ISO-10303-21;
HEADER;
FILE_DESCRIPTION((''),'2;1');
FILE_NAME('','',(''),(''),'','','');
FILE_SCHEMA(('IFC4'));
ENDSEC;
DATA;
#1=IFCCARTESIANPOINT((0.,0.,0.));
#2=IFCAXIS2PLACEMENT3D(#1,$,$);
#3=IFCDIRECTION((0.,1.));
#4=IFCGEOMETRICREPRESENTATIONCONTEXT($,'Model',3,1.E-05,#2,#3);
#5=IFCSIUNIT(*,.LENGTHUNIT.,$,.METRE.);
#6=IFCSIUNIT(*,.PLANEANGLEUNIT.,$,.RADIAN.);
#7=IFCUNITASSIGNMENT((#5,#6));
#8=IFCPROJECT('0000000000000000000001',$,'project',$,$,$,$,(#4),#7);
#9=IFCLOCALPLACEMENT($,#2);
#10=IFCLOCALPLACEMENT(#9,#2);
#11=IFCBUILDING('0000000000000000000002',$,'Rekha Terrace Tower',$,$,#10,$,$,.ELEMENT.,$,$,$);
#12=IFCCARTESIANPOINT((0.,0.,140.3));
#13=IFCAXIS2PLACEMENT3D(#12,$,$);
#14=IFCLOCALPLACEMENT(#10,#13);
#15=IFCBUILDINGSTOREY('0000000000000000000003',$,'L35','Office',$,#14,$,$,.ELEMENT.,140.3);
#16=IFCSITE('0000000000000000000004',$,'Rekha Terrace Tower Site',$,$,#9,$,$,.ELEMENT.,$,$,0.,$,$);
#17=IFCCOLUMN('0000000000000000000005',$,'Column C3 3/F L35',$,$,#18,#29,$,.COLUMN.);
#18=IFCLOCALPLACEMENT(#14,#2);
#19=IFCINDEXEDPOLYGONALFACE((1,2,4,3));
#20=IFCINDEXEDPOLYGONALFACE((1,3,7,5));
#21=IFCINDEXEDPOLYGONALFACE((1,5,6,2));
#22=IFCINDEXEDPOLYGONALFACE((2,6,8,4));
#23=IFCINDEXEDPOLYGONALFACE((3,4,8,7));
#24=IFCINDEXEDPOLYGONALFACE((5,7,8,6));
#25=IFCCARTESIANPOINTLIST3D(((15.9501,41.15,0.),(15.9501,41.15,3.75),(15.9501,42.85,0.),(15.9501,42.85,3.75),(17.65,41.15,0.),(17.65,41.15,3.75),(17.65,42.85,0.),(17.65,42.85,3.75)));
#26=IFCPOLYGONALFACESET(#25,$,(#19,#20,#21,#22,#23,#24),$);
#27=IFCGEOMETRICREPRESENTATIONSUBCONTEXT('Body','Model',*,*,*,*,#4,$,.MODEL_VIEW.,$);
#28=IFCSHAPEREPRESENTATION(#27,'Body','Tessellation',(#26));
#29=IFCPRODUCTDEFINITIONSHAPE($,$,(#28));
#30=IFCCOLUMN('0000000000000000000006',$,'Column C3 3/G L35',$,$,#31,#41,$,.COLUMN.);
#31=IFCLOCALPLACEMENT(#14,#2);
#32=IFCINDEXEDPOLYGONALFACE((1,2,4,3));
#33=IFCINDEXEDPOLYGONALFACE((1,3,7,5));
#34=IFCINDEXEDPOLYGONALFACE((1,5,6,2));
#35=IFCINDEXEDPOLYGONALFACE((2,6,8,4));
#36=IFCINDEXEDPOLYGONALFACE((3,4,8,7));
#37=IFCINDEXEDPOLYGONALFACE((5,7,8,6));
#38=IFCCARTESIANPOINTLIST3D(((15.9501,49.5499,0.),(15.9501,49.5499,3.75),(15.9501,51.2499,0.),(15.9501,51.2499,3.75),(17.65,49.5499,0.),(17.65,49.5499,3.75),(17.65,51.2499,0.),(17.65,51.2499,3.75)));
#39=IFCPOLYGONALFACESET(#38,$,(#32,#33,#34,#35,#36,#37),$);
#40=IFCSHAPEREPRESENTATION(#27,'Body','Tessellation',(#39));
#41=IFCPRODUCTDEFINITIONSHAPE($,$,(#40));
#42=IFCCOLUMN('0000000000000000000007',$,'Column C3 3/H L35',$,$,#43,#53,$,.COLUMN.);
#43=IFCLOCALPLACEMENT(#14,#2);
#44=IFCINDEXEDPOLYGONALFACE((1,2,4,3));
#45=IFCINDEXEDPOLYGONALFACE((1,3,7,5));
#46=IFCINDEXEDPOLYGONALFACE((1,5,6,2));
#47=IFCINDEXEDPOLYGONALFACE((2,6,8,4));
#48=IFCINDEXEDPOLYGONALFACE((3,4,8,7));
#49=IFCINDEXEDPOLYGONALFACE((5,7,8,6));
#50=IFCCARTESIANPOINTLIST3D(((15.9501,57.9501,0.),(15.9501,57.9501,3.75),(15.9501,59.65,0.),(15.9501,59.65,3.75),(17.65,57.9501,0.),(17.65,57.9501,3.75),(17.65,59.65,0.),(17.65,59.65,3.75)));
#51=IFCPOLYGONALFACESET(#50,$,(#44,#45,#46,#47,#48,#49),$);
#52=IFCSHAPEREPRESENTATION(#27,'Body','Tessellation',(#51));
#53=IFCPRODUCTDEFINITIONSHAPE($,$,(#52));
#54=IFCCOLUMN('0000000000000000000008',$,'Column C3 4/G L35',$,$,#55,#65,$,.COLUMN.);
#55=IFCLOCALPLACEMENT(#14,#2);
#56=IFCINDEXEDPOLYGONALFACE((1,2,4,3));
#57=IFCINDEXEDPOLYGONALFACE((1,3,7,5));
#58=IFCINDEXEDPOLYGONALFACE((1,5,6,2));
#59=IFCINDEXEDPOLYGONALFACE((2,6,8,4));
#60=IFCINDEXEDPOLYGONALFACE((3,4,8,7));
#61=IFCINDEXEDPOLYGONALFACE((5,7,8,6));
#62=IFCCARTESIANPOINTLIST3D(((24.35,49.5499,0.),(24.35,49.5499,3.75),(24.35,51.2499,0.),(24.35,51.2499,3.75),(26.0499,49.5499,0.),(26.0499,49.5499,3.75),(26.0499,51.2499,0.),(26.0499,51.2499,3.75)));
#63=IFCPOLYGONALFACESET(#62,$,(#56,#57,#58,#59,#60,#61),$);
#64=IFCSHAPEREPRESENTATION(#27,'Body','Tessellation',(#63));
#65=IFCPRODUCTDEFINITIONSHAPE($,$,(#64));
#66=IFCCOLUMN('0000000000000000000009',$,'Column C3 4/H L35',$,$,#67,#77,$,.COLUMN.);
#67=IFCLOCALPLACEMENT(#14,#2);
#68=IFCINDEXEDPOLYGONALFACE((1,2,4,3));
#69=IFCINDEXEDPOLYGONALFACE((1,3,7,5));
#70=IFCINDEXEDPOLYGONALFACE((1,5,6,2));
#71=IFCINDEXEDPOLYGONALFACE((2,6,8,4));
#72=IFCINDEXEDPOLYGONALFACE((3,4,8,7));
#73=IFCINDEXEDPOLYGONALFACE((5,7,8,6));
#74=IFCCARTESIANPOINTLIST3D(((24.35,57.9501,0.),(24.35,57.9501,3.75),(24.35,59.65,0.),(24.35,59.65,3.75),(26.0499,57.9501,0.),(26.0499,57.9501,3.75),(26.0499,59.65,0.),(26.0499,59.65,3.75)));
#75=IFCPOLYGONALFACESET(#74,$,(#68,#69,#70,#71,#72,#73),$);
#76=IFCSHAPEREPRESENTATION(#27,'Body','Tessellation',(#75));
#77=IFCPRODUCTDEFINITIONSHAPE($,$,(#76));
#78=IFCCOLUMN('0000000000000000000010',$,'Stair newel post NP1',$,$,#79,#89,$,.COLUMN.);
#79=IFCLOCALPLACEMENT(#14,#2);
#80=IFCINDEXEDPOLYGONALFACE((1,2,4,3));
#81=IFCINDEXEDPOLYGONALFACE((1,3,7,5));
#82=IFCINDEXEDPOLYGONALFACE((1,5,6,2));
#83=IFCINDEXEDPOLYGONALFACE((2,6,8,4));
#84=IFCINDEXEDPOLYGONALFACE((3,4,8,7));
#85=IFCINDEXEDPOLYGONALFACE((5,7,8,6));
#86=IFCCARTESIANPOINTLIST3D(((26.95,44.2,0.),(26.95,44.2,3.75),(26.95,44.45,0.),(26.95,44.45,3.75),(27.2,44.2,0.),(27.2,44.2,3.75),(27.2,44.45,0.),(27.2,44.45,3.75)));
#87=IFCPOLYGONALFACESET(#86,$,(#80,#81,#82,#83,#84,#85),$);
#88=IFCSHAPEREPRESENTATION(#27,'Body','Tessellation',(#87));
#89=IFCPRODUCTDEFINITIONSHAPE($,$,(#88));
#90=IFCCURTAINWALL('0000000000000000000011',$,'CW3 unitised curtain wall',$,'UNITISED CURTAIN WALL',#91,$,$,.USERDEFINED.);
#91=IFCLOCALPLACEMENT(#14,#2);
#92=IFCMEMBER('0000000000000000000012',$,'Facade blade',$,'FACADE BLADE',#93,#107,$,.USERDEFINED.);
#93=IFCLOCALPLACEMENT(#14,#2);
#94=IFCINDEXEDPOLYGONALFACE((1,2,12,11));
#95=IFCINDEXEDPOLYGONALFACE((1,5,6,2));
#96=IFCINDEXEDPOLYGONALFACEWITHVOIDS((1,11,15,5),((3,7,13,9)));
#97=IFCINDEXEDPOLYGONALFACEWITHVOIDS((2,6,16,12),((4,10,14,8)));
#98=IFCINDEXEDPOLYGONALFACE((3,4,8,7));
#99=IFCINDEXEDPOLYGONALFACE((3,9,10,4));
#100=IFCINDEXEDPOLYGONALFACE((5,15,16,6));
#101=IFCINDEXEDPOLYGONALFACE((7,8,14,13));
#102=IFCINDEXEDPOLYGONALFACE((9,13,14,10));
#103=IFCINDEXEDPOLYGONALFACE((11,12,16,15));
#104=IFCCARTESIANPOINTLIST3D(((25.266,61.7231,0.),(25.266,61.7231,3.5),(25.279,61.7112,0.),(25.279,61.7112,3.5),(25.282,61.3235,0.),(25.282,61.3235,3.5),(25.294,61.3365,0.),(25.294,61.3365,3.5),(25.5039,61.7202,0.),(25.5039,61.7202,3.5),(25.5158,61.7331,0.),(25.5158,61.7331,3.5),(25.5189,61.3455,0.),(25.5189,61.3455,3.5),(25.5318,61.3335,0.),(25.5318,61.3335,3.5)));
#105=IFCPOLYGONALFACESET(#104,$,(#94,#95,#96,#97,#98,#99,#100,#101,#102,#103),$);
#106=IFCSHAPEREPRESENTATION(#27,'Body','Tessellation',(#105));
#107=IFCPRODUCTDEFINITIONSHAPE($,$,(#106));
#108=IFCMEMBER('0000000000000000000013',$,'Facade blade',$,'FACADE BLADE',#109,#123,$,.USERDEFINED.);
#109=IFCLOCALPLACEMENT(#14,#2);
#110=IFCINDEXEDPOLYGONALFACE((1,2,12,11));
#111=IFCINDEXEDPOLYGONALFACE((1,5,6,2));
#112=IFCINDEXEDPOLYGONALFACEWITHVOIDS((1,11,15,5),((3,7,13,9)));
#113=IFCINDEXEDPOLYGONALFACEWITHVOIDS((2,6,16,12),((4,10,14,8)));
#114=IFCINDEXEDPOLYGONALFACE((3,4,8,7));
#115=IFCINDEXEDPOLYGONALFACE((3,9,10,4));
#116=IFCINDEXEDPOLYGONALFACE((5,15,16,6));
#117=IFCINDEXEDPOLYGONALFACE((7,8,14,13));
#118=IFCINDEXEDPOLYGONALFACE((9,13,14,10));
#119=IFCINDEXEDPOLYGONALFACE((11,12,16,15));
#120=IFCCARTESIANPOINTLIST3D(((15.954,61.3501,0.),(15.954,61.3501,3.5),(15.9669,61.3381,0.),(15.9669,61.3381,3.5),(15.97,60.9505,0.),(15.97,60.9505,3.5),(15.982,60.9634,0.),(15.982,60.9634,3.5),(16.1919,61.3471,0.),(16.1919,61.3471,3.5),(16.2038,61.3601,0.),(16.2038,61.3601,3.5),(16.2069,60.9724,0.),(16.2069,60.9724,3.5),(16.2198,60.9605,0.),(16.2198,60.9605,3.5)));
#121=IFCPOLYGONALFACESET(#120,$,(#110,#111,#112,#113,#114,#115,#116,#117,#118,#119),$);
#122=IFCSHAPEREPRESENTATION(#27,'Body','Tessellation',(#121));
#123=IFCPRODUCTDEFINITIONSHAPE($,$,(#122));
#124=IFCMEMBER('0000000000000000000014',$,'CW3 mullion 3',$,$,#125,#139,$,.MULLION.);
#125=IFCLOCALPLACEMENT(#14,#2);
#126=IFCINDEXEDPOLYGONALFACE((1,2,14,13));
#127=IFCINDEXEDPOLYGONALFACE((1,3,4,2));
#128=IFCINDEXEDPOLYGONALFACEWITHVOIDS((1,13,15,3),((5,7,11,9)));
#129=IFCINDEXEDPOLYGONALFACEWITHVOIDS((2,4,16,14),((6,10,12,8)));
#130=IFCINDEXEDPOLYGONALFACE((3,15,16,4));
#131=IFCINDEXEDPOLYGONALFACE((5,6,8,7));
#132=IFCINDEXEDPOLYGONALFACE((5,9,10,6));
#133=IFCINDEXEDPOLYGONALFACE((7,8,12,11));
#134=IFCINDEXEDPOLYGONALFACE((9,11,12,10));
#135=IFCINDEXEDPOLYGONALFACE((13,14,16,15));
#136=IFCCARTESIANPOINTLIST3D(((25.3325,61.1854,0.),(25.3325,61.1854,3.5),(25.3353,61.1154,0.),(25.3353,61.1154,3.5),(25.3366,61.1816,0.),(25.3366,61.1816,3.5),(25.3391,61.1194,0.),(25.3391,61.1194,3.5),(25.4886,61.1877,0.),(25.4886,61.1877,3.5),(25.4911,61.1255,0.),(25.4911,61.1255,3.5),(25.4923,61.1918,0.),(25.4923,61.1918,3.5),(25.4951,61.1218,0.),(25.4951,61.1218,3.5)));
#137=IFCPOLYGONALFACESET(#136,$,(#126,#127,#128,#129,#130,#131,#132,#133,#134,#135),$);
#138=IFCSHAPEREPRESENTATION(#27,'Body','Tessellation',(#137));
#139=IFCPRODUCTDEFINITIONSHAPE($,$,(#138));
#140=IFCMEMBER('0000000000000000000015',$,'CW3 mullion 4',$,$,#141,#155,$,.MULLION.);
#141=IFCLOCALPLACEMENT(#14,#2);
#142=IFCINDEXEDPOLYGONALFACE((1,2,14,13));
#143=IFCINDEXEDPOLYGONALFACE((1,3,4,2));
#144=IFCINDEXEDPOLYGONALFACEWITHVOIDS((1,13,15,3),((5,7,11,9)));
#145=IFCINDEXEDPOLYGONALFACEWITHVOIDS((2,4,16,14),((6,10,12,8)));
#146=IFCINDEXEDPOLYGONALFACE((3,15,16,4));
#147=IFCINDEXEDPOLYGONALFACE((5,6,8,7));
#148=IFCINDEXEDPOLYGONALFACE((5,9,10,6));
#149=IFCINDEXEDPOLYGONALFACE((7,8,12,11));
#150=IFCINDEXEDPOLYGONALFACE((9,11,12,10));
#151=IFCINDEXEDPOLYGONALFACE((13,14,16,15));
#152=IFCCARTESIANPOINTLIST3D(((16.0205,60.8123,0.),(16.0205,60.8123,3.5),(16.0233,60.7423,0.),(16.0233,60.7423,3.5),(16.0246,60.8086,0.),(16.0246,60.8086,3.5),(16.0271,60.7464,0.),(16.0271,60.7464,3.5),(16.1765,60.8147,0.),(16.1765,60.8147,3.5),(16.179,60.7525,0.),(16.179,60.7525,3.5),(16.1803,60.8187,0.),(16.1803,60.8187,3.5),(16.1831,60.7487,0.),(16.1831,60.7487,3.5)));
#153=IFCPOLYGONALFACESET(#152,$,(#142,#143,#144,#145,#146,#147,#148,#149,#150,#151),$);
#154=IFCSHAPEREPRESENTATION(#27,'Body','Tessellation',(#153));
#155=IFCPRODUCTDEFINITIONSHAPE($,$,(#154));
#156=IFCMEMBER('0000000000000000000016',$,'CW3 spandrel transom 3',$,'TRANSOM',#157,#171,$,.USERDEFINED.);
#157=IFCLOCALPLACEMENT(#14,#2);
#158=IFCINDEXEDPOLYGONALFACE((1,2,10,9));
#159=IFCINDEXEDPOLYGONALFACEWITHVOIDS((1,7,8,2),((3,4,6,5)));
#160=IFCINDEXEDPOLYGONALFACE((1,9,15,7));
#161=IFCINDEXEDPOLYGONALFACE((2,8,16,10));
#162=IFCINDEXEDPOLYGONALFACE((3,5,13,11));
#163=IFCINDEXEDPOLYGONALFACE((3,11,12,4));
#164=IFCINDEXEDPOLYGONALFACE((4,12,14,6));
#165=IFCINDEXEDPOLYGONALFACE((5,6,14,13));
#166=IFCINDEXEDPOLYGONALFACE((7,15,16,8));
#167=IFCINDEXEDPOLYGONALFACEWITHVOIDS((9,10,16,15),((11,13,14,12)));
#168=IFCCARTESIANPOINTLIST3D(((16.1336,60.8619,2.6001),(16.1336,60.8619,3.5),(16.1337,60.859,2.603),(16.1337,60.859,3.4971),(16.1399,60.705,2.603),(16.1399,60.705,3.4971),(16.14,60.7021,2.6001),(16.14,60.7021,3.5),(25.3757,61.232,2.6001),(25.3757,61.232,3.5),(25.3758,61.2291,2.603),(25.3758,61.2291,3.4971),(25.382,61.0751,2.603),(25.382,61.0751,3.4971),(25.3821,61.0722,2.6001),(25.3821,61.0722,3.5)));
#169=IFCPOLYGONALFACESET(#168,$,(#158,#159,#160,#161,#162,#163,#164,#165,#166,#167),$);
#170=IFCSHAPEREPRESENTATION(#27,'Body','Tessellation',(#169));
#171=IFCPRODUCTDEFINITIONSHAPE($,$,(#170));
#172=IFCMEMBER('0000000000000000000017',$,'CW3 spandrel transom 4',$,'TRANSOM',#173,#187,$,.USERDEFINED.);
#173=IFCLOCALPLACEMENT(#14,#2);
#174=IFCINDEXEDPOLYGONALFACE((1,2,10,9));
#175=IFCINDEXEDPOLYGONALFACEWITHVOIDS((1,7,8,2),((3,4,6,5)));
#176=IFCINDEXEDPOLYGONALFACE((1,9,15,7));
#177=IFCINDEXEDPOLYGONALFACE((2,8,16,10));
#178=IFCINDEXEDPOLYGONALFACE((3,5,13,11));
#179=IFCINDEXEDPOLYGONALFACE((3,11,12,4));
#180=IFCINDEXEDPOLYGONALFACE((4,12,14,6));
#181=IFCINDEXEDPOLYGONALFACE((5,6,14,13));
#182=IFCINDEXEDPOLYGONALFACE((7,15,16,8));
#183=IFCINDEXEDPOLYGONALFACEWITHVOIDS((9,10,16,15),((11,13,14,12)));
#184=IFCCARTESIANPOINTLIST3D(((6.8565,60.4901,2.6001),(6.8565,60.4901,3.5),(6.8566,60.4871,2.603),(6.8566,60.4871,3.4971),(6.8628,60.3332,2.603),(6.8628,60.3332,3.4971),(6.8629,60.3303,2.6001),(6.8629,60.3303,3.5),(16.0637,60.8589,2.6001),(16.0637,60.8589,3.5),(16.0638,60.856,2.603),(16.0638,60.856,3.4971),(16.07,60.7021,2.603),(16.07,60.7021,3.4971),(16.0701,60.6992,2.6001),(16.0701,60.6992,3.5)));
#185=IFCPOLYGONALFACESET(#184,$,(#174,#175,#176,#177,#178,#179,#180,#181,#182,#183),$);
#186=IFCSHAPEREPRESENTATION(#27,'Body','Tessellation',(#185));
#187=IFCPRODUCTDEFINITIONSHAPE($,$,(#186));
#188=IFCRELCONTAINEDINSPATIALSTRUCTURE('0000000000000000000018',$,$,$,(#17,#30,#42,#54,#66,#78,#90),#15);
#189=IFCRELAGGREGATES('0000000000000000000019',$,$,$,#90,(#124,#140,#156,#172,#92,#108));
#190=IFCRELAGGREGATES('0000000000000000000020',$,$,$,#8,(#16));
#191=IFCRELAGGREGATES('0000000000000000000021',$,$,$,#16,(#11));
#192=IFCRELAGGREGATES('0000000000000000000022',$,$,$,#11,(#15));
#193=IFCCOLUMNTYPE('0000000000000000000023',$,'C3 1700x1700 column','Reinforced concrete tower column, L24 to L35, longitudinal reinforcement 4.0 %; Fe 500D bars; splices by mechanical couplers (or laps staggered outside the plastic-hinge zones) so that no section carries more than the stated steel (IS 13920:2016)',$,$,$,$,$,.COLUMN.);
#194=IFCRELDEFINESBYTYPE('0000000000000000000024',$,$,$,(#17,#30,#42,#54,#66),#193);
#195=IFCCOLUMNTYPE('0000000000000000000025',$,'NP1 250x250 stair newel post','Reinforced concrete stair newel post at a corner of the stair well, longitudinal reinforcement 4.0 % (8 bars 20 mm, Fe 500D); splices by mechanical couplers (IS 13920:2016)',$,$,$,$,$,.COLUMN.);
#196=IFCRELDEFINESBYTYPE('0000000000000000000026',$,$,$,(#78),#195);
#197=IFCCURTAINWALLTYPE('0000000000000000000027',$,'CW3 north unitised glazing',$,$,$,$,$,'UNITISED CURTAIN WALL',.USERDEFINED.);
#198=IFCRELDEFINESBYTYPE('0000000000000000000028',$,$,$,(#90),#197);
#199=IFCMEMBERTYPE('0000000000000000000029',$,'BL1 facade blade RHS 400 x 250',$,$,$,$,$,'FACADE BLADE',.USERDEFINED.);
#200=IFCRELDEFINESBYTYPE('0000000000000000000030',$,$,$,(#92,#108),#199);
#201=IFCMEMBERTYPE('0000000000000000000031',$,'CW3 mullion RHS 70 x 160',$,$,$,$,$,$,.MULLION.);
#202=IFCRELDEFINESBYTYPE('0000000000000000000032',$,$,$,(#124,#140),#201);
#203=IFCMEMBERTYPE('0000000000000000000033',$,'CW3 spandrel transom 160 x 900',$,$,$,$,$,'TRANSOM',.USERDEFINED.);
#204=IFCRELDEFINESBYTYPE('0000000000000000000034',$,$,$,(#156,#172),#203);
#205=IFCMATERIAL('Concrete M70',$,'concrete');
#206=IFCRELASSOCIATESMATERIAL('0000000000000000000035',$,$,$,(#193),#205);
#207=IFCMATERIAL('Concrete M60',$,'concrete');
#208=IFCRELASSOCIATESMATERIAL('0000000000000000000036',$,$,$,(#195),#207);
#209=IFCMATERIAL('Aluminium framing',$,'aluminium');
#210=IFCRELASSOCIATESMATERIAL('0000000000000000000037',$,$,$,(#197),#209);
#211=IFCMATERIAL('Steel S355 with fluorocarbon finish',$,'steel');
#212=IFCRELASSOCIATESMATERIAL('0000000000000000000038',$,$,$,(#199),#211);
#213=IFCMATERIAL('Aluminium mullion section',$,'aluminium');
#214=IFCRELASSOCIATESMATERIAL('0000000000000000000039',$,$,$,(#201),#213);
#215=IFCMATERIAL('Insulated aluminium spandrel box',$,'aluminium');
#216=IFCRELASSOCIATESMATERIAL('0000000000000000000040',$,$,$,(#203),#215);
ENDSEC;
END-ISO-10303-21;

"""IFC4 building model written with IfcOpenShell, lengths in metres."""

from ifc_helpers import new_model, si_unit, direction, frame, origin, origin_2d, place, context, subcontext, project, spatial, rectangle, hollow_rectangle, extrude, material, material_profile, profile_set, type_object, element, aggregate, save


model = new_model("IFC4")

# Units and contexts
model_context = context("Model", 3, precision=1e-05, world=origin(), true_north=direction((0.0, 1.0)))
body_context = subcontext(model_context, "Body", "Model", "MODEL_VIEW")
ifc_project = project(units=[si_unit("LENGTHUNIT", "METRE"), si_unit("PLANEANGLEUNIT", "RADIAN")], contexts=[model_context])

# Site, building, storey
site_placement = place(None, origin())
site = spatial("IfcSite", under=ifc_project, at=site_placement, Name="Rekha Terrace Tower Site", CompositionType="ELEMENT", RefElevation=0.0)
building_placement = place(site_placement, origin())
building = spatial("IfcBuilding", under=site, at=building_placement, Name="Rekha Terrace Tower", CompositionType="ELEMENT")
storey_placement = place(building_placement, frame((0.0, 0.0, 140.3)))
storey = spatial("IfcBuildingStorey", under=building, at=storey_placement, Name="L35", Description="Office", CompositionType="ELEMENT", Elevation=140.3)

# Columns
ifc_material_1 = material(Name="Concrete M70", Category="concrete")
ifc_material_profile_1 = material_profile(ifc_material_1, rectangle(XDim=1.7, YDim=1.7, at=origin_2d()), Name="RC 1700x1700")
ifc_profile_set_1 = profile_set([ifc_material_profile_1], Name="Concrete M70")
column_type_1 = type_object("IfcColumnType", Name="C3 1700x1700 column", Description="Reinforced concrete tower column, L24 to L35, longitudinal reinforcement 4.0 %; Fe 500D bars; splices by mechanical couplers (or laps staggered outside the plastic-hinge zones) so that no section carries more than the stated steel (IS 13920:2016)", PredefinedType="COLUMN", material=ifc_profile_set_1)
for number, where, z_axis, x_axis, name in (
    (1, (16.8, 42.0, 0.0), (0.0, 0.0, 1.0), (1.0, 0.0, 0.0), "Column C3 3/F L35"),
    (2, (16.8, 50.3999, 0.0), (0.0, 0.0, 1.0), (1.0, 0.0, 0.0), "Column C3 3/G L35"),
    (3, (16.8, 58.8, 0.0), (0.0, 0.0, 1.0), (1.0, 0.0, 0.0), "Column C3 3/H L35"),
    (4, (25.2, 50.3999, 0.0), (0.0, 0.0, 1.0), (1.0, 0.0, 0.0), "Column C3 4/G L35"),
    (5, (25.2, 58.8, 0.0), (0.0, 0.0, 1.0), (1.0, 0.0, 0.0), "Column C3 4/H L35"),
):
    element("IfcColumn", number, at=place(storey_placement, frame(where, z_axis=z_axis, x_axis=x_axis)), inside=storey, type_object=column_type_1, Name=name, PredefinedType="COLUMN", context=body_context, shape_type="SweptSolid", body=[
        extrude(rectangle(XDim=1.7, YDim=1.7, at=origin_2d()), origin(), (0.0, 0.0, 1.0), 3.75),
    ])
ifc_material_2 = material(Name="Concrete M60", Category="concrete")
ifc_material_profile_2 = material_profile(ifc_material_2, rectangle(XDim=0.25, YDim=0.25, at=origin_2d()), Name="RC 250x250")
ifc_profile_set_2 = profile_set([ifc_material_profile_2], Name="Concrete M60")
column_type_2 = type_object("IfcColumnType", Name="NP1 250x250 stair newel post", Description="Reinforced concrete stair newel post at a corner of the stair well, longitudinal reinforcement 4.0 % (8 bars 20 mm, Fe 500D); splices by mechanical couplers (IS 13920:2016)", PredefinedType="COLUMN", material=ifc_profile_set_2)
column_placement = place(storey_placement, frame((27.075, 44.325, 0.0), z_axis=(0.0, 0.0, 1.0), x_axis=(1.0, 0.0, 0.0)))
element("IfcColumn", 6, at=column_placement, inside=storey, type_object=column_type_2, Name="Stair newel post NP1", PredefinedType="COLUMN", context=body_context, shape_type="SweptSolid", body=[
    extrude(rectangle(XDim=0.25, YDim=0.25, at=origin_2d()), origin(), (0.0, 0.0, 1.0), 3.75),
])

# Curtain wall, members
ifc_material_3 = material(Name="Aluminium framing", Category="aluminium")
curtain_wall_type = type_object("IfcCurtainWallType", Name="CW3 north unitised glazing", ElementType="UNITISED CURTAIN WALL", PredefinedType="USERDEFINED", material=ifc_material_3)
curtain_wall_placement = place(storey_placement, origin())
curtain_wall = element("IfcCurtainWall", 7, at=curtain_wall_placement, inside=storey, type_object=curtain_wall_type, Name="CW3 unitised curtain wall", ObjectType="UNITISED CURTAIN WALL", PredefinedType="USERDEFINED")
ifc_material_4 = material(Name="Steel S355 with fluorocarbon finish", Category="steel")
ifc_material_profile_3 = material_profile(ifc_material_4, hollow_rectangle(XDim=0.25, YDim=0.3999, WallThickness=0.0125, at=origin_2d()), Name="RHS400x250x12.5")
ifc_profile_set_3 = profile_set([ifc_material_profile_3], Name="Steel S355 with fluorocarbon finish")
member_type_1 = type_object("IfcMemberType", Name="BL1 facade blade RHS 400 x 250", ElementType="FACADE BLADE", PredefinedType="USERDEFINED", material=ifc_profile_set_3)
member_1_placement = place(storey_placement, frame((25.3989, 61.5283, 0.0), z_axis=(0.0, 0.0, 1.0), x_axis=(-0.999198, -0.040032, 0.0)))
member_1 = element("IfcMember", 8, at=member_1_placement, type_object=member_type_1, Name="Facade blade", ObjectType="FACADE BLADE", PredefinedType="USERDEFINED", context=body_context, shape_type="SweptSolid", body=[
    extrude(hollow_rectangle(XDim=0.25, YDim=0.3999, WallThickness=0.0125, at=origin_2d()), origin(), (0.0, 0.0, 1.0), 3.5),
])
member_2_placement = place(storey_placement, frame((16.0869, 61.1553, 0.0), z_axis=(0.0, 0.0, 1.0), x_axis=(-0.999198, -0.040032, 0.0)))
member_2 = element("IfcMember", 9, at=member_2_placement, type_object=member_type_1, Name="Facade blade", ObjectType="FACADE BLADE", PredefinedType="USERDEFINED", context=body_context, shape_type="SweptSolid", body=[
    extrude(hollow_rectangle(XDim=0.25, YDim=0.3999, WallThickness=0.0125, at=origin_2d()), origin(), (0.0, 0.0, 1.0), 3.5),
])
ifc_material_5 = material(Name="Aluminium mullion section", Category="aluminium")
ifc_material_profile_4 = material_profile(ifc_material_5, hollow_rectangle(XDim=0.0701, YDim=0.1599, WallThickness=0.0039, at=origin_2d()), Name="AL RHS 70x160")
ifc_profile_set_4 = profile_set([ifc_material_profile_4], Name="Aluminium mullion section")
member_type_2 = type_object("IfcMemberType", Name="CW3 mullion RHS 70 x 160", PredefinedType="MULLION", material=ifc_profile_set_4)
member_3_placement = place(storey_placement, frame((25.4138, 61.1536, 0.0), z_axis=(0.0, 0.0, 1.0), x_axis=(0.040032, -0.999198, 0.0)))
member_3 = element("IfcMember", 10, at=member_3_placement, type_object=member_type_2, Name="CW3 mullion 3", PredefinedType="MULLION", context=body_context, shape_type="SweptSolid", body=[
    extrude(hollow_rectangle(XDim=0.0701, YDim=0.1599, WallThickness=0.0039, at=origin_2d()), origin(), (0.0, 0.0, 1.0), 3.5),
])
member_4_placement = place(storey_placement, frame((16.1018, 60.7805, 0.0), z_axis=(0.0, 0.0, 1.0), x_axis=(0.040032, -0.999198, 0.0)))
member_4 = element("IfcMember", 11, at=member_4_placement, type_object=member_type_2, Name="CW3 mullion 4", PredefinedType="MULLION", context=body_context, shape_type="SweptSolid", body=[
    extrude(hollow_rectangle(XDim=0.0701, YDim=0.1599, WallThickness=0.0039, at=origin_2d()), origin(), (0.0, 0.0, 1.0), 3.5),
])
ifc_material_6 = material(Name="Insulated aluminium spandrel box", Category="aluminium")
ifc_material_profile_5 = material_profile(ifc_material_6, hollow_rectangle(XDim=0.1599, YDim=0.8999, WallThickness=0.0029, at=origin_2d()), Name="AL SPANDREL BOX 160x900")
ifc_profile_set_5 = profile_set([ifc_material_profile_5], Name="Insulated aluminium spandrel box")
member_type_3 = type_object("IfcMemberType", Name="CW3 spandrel transom 160 x 900", ElementType="TRANSOM", PredefinedType="USERDEFINED", material=ifc_profile_set_5)
member_5_placement = place(storey_placement, frame((25.3789, 61.1521, 3.05), z_axis=(-0.999199, -0.040014, 0.0), x_axis=(0.040014, -0.999199, 0.0)))
member_5 = element("IfcMember", 12, at=member_5_placement, type_object=member_type_3, Name="CW3 spandrel transom 3", ObjectType="TRANSOM", PredefinedType="USERDEFINED", context=body_context, shape_type="SweptSolid", body=[
    extrude(hollow_rectangle(XDim=0.1599, YDim=0.8999, WallThickness=0.0029, at=origin_2d()), origin(), (0.0, 0.0, 1.0), 9.2495),
])
member_6_placement = place(storey_placement, frame((16.0669, 60.7791, 3.05), z_axis=(-0.999198, -0.040034, 0.0), x_axis=(0.040034, -0.999198, 0.0)))
member_6 = element("IfcMember", 13, at=member_6_placement, type_object=member_type_3, Name="CW3 spandrel transom 4", ObjectType="TRANSOM", PredefinedType="USERDEFINED", context=body_context, shape_type="SweptSolid", body=[
    extrude(hollow_rectangle(XDim=0.1599, YDim=0.8999, WallThickness=0.0029, at=origin_2d()), origin(), (0.0, 0.0, 1.0), 9.2146),
])
aggregate(curtain_wall, [member_3, member_4, member_5, member_6, member_1, member_2])

save(model, "model.ifc")
